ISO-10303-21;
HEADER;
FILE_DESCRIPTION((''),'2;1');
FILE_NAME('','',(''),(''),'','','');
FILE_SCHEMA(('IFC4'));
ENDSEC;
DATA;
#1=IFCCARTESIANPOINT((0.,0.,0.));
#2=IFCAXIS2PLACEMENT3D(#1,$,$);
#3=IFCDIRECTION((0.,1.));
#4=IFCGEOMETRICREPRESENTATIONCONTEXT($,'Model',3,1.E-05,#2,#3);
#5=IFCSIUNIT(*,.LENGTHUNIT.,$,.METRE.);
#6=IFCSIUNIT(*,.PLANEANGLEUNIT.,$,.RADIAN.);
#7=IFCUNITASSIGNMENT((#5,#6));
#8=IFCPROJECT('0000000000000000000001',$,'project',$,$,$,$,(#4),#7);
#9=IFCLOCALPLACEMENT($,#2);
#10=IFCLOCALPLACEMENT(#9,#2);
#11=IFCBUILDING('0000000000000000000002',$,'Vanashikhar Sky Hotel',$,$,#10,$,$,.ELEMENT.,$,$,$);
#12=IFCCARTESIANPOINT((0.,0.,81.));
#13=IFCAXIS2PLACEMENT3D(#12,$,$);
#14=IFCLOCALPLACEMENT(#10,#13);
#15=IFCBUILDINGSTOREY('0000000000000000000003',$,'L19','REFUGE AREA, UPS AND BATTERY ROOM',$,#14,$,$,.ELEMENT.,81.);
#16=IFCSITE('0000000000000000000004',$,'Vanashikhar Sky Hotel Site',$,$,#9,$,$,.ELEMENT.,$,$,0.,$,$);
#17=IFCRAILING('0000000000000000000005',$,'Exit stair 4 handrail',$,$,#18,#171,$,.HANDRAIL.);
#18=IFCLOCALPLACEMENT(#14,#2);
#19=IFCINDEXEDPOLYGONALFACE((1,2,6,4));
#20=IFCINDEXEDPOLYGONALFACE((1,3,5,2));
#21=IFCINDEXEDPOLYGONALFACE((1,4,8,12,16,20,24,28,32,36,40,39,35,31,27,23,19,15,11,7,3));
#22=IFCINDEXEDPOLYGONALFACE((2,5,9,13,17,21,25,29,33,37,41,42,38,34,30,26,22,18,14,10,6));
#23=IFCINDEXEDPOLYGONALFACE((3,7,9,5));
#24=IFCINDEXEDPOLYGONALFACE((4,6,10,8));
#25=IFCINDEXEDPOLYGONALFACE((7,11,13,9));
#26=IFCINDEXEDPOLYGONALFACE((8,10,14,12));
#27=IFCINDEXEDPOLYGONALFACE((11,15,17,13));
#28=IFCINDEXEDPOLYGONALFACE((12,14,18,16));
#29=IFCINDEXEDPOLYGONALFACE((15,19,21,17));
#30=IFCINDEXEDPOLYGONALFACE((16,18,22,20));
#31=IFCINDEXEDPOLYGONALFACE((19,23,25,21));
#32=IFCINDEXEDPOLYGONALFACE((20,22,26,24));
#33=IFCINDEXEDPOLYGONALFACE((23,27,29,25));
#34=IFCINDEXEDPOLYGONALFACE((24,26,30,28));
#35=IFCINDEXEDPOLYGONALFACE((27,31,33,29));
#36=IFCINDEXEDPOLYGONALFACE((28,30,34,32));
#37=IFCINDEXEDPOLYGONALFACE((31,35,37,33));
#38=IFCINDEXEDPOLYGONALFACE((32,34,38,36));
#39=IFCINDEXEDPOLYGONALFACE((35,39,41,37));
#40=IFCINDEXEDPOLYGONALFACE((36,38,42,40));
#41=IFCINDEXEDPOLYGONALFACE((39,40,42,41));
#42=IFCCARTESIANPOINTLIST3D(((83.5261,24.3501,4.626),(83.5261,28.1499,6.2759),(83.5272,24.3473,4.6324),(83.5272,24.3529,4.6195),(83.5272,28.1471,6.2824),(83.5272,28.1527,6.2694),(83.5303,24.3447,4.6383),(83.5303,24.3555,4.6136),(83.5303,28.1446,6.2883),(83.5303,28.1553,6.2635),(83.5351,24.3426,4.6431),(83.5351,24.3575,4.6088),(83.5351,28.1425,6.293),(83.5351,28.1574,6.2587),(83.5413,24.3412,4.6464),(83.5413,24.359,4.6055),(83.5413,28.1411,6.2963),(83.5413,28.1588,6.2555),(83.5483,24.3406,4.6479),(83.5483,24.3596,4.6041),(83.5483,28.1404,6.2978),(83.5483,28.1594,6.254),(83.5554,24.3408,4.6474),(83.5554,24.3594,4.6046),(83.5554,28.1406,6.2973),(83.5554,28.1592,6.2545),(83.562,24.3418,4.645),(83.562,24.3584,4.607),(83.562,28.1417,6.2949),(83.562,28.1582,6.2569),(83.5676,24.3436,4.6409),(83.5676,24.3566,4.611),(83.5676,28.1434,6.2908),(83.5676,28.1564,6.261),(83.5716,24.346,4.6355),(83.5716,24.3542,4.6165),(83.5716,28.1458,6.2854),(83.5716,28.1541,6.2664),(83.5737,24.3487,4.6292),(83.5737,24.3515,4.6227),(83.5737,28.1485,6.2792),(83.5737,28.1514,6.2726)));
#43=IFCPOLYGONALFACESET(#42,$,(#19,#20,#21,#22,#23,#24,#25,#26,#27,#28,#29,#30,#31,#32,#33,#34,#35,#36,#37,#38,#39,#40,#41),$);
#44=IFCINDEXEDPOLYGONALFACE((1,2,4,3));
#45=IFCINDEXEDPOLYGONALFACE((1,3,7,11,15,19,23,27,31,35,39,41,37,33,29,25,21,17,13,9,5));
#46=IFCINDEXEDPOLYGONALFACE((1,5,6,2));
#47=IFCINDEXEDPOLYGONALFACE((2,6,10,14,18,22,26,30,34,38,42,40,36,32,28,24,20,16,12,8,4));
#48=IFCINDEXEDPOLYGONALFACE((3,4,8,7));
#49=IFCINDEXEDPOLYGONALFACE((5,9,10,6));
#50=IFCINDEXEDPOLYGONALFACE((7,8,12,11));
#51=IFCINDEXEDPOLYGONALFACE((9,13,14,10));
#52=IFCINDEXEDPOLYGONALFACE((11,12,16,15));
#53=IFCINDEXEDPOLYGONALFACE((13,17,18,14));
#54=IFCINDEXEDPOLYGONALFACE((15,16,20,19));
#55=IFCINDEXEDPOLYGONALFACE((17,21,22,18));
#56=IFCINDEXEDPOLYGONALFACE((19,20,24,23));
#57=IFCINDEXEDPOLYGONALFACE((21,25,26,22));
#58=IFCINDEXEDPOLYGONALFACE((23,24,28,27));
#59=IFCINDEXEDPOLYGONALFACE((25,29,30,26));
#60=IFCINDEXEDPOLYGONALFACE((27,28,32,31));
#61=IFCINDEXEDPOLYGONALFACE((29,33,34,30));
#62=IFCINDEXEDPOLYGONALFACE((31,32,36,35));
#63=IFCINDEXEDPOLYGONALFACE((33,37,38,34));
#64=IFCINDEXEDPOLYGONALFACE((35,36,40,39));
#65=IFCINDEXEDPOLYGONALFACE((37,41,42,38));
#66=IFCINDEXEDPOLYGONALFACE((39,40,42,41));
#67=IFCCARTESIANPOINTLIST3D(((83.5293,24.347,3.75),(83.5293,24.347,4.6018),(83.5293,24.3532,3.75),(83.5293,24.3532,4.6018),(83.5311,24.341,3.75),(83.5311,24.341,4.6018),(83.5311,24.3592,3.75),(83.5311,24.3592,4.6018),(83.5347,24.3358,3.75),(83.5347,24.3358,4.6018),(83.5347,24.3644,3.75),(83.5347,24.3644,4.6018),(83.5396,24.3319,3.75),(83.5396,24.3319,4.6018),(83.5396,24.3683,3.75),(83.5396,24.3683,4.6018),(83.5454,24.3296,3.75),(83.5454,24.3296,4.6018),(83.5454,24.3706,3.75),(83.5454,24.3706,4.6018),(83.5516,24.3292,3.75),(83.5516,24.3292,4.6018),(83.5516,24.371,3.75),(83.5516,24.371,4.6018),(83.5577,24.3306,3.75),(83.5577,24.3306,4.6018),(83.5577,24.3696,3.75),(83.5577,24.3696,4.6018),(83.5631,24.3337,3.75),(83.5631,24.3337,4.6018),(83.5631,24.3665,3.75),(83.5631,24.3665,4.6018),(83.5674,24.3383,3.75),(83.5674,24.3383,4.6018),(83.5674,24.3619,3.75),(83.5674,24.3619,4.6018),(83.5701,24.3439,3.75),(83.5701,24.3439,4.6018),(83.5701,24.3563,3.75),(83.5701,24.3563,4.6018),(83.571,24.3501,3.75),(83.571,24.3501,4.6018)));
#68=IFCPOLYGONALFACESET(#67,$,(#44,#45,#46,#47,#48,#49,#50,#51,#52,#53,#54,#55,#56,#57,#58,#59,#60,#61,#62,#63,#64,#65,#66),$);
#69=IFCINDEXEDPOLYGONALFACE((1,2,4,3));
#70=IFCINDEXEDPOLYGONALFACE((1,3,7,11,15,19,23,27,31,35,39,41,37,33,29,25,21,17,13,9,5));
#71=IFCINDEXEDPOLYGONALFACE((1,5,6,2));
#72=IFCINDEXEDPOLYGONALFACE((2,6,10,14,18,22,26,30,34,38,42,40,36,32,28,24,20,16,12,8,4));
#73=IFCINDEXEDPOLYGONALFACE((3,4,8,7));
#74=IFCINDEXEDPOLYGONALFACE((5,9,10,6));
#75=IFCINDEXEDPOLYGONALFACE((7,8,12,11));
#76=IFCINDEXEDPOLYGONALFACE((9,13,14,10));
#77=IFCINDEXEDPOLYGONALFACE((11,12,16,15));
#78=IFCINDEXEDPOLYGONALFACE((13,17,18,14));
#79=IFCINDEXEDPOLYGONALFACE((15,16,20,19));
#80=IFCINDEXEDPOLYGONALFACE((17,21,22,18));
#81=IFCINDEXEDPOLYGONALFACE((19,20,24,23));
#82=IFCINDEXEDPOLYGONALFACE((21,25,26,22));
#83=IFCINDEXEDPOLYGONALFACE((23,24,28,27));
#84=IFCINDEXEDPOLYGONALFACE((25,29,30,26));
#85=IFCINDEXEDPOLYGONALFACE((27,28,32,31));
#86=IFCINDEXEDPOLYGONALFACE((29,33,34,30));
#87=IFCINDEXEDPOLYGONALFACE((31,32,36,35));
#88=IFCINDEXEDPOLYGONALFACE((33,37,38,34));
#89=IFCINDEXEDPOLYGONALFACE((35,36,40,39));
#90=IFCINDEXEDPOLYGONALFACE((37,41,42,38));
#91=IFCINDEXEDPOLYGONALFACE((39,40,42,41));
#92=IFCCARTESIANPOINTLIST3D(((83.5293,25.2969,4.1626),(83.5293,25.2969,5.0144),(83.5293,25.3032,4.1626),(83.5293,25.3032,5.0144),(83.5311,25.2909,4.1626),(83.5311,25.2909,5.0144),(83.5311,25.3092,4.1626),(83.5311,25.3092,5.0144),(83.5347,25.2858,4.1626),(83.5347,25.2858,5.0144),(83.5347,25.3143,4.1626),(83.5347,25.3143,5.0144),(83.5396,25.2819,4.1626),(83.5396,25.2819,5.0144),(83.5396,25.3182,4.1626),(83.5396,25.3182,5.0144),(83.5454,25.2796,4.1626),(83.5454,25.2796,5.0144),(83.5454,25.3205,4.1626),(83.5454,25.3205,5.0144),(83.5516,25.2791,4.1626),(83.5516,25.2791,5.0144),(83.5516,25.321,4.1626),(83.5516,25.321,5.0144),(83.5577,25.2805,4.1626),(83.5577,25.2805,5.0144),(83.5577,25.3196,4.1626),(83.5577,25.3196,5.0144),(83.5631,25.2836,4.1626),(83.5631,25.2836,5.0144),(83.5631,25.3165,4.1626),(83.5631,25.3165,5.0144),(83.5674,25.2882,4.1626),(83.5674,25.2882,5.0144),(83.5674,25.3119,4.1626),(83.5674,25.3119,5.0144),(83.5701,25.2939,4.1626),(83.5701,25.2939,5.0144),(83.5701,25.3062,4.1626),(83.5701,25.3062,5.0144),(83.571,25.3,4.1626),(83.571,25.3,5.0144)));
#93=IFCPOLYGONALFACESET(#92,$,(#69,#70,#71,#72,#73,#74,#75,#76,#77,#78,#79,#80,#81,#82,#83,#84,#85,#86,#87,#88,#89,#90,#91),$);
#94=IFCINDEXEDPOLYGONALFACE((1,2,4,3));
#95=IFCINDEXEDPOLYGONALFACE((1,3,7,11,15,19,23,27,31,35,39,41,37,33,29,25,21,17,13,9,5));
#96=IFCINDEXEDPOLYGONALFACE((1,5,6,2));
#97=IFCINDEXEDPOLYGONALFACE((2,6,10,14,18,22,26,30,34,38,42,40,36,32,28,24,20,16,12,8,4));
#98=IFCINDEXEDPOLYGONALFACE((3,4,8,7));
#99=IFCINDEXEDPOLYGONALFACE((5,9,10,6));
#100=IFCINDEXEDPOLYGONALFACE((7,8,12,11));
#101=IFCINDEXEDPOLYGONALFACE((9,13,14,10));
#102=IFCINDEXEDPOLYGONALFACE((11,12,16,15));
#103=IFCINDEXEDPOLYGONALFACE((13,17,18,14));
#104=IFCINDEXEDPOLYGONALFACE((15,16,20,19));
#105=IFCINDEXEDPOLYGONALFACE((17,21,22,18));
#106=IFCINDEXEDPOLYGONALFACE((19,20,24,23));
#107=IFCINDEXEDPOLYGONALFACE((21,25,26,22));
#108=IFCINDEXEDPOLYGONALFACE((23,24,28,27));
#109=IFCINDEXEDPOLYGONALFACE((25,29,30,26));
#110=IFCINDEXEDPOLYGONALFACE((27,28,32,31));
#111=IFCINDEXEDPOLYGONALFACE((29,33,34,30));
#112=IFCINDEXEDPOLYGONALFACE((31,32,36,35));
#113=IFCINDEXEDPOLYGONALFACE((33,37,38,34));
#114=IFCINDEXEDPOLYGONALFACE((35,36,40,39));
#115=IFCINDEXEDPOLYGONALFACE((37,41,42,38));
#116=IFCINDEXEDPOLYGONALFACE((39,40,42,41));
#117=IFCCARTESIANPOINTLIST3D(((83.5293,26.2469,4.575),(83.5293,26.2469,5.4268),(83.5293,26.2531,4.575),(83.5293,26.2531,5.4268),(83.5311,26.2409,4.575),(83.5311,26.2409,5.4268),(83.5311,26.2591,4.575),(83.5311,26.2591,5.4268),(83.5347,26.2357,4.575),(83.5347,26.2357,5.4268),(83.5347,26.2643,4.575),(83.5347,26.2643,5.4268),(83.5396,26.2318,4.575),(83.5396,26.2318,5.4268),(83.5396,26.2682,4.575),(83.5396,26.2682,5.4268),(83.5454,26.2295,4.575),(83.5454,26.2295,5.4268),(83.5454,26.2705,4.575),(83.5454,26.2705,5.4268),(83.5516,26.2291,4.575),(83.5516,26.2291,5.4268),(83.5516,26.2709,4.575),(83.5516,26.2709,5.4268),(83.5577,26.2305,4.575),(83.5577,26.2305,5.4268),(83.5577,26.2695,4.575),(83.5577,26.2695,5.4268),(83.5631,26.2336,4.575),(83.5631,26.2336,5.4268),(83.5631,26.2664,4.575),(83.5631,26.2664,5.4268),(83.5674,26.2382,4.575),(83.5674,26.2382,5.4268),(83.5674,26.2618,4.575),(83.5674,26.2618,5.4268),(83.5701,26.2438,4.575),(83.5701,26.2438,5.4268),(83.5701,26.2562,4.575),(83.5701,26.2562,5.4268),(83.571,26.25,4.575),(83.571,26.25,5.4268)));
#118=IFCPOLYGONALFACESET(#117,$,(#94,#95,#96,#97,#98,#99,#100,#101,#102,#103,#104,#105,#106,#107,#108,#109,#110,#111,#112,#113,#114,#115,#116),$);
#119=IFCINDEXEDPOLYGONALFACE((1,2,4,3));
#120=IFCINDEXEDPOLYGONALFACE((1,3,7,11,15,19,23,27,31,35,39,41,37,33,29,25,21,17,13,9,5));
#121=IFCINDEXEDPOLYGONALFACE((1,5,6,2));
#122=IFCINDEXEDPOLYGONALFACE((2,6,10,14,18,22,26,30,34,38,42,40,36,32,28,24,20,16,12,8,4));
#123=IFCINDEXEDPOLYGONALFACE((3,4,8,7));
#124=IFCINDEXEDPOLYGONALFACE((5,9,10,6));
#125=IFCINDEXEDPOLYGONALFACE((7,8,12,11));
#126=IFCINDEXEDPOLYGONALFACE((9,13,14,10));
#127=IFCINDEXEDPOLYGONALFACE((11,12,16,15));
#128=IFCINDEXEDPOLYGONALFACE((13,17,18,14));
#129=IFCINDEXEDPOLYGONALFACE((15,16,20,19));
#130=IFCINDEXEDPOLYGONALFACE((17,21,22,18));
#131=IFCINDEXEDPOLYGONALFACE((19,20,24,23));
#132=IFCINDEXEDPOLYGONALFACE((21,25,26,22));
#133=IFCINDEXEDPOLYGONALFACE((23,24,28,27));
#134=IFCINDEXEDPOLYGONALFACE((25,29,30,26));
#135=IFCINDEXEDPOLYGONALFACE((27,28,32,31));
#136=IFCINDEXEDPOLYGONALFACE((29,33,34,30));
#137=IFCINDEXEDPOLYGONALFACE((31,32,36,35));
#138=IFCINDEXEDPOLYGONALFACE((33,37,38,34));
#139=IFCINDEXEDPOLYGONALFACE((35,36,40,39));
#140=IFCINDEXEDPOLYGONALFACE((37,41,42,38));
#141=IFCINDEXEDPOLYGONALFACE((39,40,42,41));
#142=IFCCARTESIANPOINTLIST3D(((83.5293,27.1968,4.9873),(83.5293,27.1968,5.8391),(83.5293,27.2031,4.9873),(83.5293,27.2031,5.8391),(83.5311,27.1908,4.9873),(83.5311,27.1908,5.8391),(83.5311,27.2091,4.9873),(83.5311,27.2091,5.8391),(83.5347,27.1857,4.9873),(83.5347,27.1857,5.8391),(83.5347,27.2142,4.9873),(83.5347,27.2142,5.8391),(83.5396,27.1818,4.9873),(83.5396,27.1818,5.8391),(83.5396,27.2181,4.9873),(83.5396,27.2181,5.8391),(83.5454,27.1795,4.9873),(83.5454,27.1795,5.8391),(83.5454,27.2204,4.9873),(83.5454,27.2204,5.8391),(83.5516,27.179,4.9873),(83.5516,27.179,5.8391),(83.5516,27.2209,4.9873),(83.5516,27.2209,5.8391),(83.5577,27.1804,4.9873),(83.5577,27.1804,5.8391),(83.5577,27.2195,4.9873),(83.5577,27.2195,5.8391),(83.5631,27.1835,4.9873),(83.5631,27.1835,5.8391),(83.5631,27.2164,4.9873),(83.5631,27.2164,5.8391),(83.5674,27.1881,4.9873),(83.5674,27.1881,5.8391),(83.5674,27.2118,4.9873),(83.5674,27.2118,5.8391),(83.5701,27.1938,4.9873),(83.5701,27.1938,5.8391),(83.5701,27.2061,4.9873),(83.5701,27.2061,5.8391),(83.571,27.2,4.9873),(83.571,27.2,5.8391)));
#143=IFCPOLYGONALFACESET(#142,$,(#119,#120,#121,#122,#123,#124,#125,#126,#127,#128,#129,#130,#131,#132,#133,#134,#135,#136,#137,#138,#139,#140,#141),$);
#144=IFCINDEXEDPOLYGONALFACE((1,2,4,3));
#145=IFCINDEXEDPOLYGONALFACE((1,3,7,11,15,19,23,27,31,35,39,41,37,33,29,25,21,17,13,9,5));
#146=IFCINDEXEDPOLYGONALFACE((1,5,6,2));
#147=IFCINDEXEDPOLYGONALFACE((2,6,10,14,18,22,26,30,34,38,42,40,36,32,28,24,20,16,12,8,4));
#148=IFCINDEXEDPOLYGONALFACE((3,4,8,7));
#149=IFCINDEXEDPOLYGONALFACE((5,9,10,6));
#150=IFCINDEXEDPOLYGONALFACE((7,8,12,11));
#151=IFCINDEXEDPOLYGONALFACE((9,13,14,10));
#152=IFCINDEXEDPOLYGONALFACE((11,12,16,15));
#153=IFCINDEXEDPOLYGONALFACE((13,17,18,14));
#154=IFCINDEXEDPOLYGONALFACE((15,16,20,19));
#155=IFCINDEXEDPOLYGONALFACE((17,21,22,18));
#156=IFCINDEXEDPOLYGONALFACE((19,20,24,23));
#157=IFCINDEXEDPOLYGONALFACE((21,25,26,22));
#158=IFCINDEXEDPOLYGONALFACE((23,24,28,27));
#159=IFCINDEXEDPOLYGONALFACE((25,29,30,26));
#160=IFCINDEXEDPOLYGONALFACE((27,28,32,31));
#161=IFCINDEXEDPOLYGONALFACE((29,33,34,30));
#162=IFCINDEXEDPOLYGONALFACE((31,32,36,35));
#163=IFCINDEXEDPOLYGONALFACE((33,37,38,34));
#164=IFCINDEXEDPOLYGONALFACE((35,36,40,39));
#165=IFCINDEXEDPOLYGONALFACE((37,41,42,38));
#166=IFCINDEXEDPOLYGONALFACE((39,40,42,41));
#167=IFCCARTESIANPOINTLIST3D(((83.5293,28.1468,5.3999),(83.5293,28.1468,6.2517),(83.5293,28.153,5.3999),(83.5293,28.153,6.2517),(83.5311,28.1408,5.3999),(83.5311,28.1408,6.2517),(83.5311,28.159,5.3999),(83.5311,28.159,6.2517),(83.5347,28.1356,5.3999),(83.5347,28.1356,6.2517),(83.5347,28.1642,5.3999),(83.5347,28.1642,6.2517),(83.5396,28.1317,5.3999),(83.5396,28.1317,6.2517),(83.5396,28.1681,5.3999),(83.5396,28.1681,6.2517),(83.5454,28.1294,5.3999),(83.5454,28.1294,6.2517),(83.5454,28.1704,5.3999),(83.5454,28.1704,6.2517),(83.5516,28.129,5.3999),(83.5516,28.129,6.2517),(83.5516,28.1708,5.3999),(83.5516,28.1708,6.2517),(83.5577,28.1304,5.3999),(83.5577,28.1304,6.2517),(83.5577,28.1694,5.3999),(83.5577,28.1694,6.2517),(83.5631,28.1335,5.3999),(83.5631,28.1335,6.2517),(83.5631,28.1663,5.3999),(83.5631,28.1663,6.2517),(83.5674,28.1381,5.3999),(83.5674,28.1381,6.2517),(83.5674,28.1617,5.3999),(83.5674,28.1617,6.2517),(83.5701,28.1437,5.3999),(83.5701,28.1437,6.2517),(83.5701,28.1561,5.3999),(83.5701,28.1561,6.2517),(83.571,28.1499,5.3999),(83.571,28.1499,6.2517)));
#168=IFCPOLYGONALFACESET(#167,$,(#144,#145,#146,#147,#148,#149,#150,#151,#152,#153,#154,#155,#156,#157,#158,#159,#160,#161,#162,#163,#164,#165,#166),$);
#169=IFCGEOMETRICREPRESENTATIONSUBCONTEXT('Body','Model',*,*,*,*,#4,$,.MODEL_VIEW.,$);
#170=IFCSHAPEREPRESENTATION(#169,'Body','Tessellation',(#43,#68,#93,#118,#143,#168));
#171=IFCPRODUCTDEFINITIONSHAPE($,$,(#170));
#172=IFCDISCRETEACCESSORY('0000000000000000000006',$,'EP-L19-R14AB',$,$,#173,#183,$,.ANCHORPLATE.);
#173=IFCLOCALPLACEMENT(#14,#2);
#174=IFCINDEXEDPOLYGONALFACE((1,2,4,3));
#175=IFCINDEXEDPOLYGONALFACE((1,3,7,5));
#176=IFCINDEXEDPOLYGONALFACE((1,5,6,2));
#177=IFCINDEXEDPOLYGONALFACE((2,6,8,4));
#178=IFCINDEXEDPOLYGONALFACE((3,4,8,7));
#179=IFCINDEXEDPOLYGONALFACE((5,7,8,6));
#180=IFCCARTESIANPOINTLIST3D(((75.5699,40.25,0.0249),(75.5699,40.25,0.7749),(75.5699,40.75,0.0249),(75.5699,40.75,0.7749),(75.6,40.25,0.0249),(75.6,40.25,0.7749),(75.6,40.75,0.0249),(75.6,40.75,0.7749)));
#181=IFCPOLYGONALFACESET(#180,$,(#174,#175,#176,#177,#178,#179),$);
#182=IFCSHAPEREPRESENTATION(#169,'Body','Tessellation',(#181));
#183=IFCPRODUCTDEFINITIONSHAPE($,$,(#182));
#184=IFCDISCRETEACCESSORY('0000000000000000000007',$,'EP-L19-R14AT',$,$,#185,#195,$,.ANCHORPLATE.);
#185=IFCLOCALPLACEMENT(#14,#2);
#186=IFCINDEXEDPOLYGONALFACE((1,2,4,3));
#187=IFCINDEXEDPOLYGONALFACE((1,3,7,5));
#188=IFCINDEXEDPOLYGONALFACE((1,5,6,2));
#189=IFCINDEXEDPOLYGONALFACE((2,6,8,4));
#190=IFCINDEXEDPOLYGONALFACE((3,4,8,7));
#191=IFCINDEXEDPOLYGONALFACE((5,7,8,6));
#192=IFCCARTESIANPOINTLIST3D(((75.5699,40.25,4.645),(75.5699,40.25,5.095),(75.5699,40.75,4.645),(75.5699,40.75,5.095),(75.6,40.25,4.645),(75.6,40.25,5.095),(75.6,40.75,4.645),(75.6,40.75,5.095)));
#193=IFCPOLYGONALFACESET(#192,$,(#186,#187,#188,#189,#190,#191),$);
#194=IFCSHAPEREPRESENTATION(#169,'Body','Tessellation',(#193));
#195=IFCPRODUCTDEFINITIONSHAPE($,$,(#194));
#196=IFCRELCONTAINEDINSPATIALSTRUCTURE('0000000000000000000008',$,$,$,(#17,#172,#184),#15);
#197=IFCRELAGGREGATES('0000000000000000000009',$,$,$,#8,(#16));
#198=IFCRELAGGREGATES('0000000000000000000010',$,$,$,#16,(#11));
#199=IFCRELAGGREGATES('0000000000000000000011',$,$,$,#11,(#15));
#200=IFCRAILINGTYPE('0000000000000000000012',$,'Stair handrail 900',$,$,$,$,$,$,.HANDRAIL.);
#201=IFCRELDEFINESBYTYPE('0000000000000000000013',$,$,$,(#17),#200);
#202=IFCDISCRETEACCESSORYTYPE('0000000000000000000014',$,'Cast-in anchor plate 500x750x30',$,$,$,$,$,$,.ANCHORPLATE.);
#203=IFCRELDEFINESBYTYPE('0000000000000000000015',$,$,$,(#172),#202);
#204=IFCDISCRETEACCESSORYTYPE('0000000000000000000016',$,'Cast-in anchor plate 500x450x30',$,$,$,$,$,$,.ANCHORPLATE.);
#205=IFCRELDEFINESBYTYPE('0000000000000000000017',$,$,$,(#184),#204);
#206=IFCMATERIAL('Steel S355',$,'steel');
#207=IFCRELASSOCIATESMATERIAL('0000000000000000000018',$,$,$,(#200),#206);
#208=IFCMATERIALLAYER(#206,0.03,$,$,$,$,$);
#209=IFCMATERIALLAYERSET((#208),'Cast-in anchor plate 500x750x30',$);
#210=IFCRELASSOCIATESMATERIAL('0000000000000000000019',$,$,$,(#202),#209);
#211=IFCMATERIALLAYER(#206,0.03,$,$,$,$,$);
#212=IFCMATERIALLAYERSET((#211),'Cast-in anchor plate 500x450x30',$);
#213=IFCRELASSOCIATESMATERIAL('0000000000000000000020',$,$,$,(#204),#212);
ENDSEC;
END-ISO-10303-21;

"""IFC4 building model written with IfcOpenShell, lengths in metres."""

from ifc_helpers import new_model, si_unit, direction, frame, origin, origin_2d, place, context, subcontext, project, spatial, rectangle, circle, extrude, source, transform, mapped, material, layer, layer_set, type_object, element, save


model = new_model("IFC4")

# Units and contexts
model_context = context("Model", 3, precision=1e-05, world=origin(), true_north=direction((0.0, 1.0)))
body_context = subcontext(model_context, "Body", "Model", "MODEL_VIEW")
ifc_project = project(units=[si_unit("LENGTHUNIT", "METRE"), si_unit("PLANEANGLEUNIT", "RADIAN")], contexts=[model_context])

# Site, building, storey
site_placement = place(None, origin())
site = spatial("IfcSite", under=ifc_project, at=site_placement, Name="Vanashikhar Sky Hotel Site", CompositionType="ELEMENT", RefElevation=0.0)
building_placement = place(site_placement, origin())
building = spatial("IfcBuilding", under=site, at=building_placement, Name="Vanashikhar Sky Hotel", CompositionType="ELEMENT")
storey_placement = place(building_placement, frame((0.0, 0.0, 81.0)))
storey = spatial("IfcBuildingStorey", under=building, at=storey_placement, Name="L19", Description="REFUGE AREA, UPS AND BATTERY ROOM", CompositionType="ELEMENT", Elevation=81.0)

# Shared definitions
ifc_material_1 = material(Name="Steel S355", Category="steel")

# Railing
railing_type = type_object("IfcRailingType", Name="Stair handrail 900", PredefinedType="HANDRAIL", material=ifc_material_1)
shared_shape_1 = source(origin(), body_context, "Body", "SweptSolid", [
    extrude(circle(Radius=0.0239, at=origin_2d()), frame((0.0, 0.0, 0.876), z_axis=(0.0, 0.917263, 0.398282), x_axis=(-1.0, 0.0, 0.0)), (0.0, 0.0, 1.0), 4.1426),
    extrude(circle(Radius=0.021, at=origin_2d()), origin(), (0.0, 0.0, 1.0), 0.8518),
    extrude(circle(Radius=0.021, at=origin_2d()), frame((0.0, 0.95, 0.4126)), (0.0, 0.0, 1.0), 0.8518),
    extrude(circle(Radius=0.021, at=origin_2d()), frame((0.0, 1.8999, 0.825)), (0.0, 0.0, 1.0), 0.8518),
    extrude(circle(Radius=0.021, at=origin_2d()), frame((0.0, 2.8499, 1.2373)), (0.0, 0.0, 1.0), 0.8518),
    extrude(circle(Radius=0.021, at=origin_2d()), frame((0.0, 3.7998, 1.6499)), (0.0, 0.0, 1.0), 0.8518),
])
railing_1_placement = place(storey_placement, frame((83.55, 24.3501, 3.75)))
element("IfcRailing", 1, at=railing_1_placement, inside=storey, type_object=railing_type, Name="Exit stair 4 handrail", PredefinedType="HANDRAIL", context=body_context, shape_type="MappedRepresentation", body=[
    mapped(shared_shape_1, transform((0.0, 0.0, 0.0), scale=1.0)),
])

# Discrete accessories
ifc_layer_1 = layer(ifc_material_1, 0.03)
ifc_layer_set_1 = layer_set([ifc_layer_1], Name="Cast-in anchor plate 500x750x30")
discrete_accessory_type_1 = type_object("IfcDiscreteAccessoryType", Name="Cast-in anchor plate 500x750x30", PredefinedType="ANCHORPLATE", material=ifc_layer_set_1)
shared_shape_2 = source(origin(), body_context, "Body", "SweptSolid", [
    extrude(rectangle(XDim=0.03, YDim=0.5, at=origin_2d()), origin(), (0.0, 0.0, 1.0), 0.75),
])
discrete_accessory_1_placement = place(storey_placement, frame((75.585, 40.5, 0.0249), z_axis=(0.0, 0.0, 1.0), x_axis=(1.0, 0.0, 0.0)))
element("IfcDiscreteAccessory", 2, at=discrete_accessory_1_placement, inside=storey, type_object=discrete_accessory_type_1, Name="EP-L19-R14AB", PredefinedType="ANCHORPLATE", context=body_context, shape_type="MappedRepresentation", body=[
    mapped(shared_shape_2, transform((0.0, 0.0, 0.0), scale=1.0)),
])
ifc_layer_2 = layer(ifc_material_1, 0.03)
ifc_layer_set_2 = layer_set([ifc_layer_2], Name="Cast-in anchor plate 500x450x30")
discrete_accessory_type_2 = type_object("IfcDiscreteAccessoryType", Name="Cast-in anchor plate 500x450x30", PredefinedType="ANCHORPLATE", material=ifc_layer_set_2)
shared_shape_3 = source(origin(), body_context, "Body", "SweptSolid", [
    extrude(rectangle(XDim=0.03, YDim=0.5, at=origin_2d()), origin(), (0.0, 0.0, 1.0), 0.45),
])
discrete_accessory_2_placement = place(storey_placement, frame((75.585, 40.5, 4.645), z_axis=(0.0, 0.0, 1.0), x_axis=(1.0, 0.0, 0.0)))
element("IfcDiscreteAccessory", 3, at=discrete_accessory_2_placement, inside=storey, type_object=discrete_accessory_type_2, Name="EP-L19-R14AT", PredefinedType="ANCHORPLATE", context=body_context, shape_type="MappedRepresentation", body=[
    mapped(shared_shape_3, transform((0.0, 0.0, 0.0), scale=1.0)),
])

save(model, "model.ifc")
